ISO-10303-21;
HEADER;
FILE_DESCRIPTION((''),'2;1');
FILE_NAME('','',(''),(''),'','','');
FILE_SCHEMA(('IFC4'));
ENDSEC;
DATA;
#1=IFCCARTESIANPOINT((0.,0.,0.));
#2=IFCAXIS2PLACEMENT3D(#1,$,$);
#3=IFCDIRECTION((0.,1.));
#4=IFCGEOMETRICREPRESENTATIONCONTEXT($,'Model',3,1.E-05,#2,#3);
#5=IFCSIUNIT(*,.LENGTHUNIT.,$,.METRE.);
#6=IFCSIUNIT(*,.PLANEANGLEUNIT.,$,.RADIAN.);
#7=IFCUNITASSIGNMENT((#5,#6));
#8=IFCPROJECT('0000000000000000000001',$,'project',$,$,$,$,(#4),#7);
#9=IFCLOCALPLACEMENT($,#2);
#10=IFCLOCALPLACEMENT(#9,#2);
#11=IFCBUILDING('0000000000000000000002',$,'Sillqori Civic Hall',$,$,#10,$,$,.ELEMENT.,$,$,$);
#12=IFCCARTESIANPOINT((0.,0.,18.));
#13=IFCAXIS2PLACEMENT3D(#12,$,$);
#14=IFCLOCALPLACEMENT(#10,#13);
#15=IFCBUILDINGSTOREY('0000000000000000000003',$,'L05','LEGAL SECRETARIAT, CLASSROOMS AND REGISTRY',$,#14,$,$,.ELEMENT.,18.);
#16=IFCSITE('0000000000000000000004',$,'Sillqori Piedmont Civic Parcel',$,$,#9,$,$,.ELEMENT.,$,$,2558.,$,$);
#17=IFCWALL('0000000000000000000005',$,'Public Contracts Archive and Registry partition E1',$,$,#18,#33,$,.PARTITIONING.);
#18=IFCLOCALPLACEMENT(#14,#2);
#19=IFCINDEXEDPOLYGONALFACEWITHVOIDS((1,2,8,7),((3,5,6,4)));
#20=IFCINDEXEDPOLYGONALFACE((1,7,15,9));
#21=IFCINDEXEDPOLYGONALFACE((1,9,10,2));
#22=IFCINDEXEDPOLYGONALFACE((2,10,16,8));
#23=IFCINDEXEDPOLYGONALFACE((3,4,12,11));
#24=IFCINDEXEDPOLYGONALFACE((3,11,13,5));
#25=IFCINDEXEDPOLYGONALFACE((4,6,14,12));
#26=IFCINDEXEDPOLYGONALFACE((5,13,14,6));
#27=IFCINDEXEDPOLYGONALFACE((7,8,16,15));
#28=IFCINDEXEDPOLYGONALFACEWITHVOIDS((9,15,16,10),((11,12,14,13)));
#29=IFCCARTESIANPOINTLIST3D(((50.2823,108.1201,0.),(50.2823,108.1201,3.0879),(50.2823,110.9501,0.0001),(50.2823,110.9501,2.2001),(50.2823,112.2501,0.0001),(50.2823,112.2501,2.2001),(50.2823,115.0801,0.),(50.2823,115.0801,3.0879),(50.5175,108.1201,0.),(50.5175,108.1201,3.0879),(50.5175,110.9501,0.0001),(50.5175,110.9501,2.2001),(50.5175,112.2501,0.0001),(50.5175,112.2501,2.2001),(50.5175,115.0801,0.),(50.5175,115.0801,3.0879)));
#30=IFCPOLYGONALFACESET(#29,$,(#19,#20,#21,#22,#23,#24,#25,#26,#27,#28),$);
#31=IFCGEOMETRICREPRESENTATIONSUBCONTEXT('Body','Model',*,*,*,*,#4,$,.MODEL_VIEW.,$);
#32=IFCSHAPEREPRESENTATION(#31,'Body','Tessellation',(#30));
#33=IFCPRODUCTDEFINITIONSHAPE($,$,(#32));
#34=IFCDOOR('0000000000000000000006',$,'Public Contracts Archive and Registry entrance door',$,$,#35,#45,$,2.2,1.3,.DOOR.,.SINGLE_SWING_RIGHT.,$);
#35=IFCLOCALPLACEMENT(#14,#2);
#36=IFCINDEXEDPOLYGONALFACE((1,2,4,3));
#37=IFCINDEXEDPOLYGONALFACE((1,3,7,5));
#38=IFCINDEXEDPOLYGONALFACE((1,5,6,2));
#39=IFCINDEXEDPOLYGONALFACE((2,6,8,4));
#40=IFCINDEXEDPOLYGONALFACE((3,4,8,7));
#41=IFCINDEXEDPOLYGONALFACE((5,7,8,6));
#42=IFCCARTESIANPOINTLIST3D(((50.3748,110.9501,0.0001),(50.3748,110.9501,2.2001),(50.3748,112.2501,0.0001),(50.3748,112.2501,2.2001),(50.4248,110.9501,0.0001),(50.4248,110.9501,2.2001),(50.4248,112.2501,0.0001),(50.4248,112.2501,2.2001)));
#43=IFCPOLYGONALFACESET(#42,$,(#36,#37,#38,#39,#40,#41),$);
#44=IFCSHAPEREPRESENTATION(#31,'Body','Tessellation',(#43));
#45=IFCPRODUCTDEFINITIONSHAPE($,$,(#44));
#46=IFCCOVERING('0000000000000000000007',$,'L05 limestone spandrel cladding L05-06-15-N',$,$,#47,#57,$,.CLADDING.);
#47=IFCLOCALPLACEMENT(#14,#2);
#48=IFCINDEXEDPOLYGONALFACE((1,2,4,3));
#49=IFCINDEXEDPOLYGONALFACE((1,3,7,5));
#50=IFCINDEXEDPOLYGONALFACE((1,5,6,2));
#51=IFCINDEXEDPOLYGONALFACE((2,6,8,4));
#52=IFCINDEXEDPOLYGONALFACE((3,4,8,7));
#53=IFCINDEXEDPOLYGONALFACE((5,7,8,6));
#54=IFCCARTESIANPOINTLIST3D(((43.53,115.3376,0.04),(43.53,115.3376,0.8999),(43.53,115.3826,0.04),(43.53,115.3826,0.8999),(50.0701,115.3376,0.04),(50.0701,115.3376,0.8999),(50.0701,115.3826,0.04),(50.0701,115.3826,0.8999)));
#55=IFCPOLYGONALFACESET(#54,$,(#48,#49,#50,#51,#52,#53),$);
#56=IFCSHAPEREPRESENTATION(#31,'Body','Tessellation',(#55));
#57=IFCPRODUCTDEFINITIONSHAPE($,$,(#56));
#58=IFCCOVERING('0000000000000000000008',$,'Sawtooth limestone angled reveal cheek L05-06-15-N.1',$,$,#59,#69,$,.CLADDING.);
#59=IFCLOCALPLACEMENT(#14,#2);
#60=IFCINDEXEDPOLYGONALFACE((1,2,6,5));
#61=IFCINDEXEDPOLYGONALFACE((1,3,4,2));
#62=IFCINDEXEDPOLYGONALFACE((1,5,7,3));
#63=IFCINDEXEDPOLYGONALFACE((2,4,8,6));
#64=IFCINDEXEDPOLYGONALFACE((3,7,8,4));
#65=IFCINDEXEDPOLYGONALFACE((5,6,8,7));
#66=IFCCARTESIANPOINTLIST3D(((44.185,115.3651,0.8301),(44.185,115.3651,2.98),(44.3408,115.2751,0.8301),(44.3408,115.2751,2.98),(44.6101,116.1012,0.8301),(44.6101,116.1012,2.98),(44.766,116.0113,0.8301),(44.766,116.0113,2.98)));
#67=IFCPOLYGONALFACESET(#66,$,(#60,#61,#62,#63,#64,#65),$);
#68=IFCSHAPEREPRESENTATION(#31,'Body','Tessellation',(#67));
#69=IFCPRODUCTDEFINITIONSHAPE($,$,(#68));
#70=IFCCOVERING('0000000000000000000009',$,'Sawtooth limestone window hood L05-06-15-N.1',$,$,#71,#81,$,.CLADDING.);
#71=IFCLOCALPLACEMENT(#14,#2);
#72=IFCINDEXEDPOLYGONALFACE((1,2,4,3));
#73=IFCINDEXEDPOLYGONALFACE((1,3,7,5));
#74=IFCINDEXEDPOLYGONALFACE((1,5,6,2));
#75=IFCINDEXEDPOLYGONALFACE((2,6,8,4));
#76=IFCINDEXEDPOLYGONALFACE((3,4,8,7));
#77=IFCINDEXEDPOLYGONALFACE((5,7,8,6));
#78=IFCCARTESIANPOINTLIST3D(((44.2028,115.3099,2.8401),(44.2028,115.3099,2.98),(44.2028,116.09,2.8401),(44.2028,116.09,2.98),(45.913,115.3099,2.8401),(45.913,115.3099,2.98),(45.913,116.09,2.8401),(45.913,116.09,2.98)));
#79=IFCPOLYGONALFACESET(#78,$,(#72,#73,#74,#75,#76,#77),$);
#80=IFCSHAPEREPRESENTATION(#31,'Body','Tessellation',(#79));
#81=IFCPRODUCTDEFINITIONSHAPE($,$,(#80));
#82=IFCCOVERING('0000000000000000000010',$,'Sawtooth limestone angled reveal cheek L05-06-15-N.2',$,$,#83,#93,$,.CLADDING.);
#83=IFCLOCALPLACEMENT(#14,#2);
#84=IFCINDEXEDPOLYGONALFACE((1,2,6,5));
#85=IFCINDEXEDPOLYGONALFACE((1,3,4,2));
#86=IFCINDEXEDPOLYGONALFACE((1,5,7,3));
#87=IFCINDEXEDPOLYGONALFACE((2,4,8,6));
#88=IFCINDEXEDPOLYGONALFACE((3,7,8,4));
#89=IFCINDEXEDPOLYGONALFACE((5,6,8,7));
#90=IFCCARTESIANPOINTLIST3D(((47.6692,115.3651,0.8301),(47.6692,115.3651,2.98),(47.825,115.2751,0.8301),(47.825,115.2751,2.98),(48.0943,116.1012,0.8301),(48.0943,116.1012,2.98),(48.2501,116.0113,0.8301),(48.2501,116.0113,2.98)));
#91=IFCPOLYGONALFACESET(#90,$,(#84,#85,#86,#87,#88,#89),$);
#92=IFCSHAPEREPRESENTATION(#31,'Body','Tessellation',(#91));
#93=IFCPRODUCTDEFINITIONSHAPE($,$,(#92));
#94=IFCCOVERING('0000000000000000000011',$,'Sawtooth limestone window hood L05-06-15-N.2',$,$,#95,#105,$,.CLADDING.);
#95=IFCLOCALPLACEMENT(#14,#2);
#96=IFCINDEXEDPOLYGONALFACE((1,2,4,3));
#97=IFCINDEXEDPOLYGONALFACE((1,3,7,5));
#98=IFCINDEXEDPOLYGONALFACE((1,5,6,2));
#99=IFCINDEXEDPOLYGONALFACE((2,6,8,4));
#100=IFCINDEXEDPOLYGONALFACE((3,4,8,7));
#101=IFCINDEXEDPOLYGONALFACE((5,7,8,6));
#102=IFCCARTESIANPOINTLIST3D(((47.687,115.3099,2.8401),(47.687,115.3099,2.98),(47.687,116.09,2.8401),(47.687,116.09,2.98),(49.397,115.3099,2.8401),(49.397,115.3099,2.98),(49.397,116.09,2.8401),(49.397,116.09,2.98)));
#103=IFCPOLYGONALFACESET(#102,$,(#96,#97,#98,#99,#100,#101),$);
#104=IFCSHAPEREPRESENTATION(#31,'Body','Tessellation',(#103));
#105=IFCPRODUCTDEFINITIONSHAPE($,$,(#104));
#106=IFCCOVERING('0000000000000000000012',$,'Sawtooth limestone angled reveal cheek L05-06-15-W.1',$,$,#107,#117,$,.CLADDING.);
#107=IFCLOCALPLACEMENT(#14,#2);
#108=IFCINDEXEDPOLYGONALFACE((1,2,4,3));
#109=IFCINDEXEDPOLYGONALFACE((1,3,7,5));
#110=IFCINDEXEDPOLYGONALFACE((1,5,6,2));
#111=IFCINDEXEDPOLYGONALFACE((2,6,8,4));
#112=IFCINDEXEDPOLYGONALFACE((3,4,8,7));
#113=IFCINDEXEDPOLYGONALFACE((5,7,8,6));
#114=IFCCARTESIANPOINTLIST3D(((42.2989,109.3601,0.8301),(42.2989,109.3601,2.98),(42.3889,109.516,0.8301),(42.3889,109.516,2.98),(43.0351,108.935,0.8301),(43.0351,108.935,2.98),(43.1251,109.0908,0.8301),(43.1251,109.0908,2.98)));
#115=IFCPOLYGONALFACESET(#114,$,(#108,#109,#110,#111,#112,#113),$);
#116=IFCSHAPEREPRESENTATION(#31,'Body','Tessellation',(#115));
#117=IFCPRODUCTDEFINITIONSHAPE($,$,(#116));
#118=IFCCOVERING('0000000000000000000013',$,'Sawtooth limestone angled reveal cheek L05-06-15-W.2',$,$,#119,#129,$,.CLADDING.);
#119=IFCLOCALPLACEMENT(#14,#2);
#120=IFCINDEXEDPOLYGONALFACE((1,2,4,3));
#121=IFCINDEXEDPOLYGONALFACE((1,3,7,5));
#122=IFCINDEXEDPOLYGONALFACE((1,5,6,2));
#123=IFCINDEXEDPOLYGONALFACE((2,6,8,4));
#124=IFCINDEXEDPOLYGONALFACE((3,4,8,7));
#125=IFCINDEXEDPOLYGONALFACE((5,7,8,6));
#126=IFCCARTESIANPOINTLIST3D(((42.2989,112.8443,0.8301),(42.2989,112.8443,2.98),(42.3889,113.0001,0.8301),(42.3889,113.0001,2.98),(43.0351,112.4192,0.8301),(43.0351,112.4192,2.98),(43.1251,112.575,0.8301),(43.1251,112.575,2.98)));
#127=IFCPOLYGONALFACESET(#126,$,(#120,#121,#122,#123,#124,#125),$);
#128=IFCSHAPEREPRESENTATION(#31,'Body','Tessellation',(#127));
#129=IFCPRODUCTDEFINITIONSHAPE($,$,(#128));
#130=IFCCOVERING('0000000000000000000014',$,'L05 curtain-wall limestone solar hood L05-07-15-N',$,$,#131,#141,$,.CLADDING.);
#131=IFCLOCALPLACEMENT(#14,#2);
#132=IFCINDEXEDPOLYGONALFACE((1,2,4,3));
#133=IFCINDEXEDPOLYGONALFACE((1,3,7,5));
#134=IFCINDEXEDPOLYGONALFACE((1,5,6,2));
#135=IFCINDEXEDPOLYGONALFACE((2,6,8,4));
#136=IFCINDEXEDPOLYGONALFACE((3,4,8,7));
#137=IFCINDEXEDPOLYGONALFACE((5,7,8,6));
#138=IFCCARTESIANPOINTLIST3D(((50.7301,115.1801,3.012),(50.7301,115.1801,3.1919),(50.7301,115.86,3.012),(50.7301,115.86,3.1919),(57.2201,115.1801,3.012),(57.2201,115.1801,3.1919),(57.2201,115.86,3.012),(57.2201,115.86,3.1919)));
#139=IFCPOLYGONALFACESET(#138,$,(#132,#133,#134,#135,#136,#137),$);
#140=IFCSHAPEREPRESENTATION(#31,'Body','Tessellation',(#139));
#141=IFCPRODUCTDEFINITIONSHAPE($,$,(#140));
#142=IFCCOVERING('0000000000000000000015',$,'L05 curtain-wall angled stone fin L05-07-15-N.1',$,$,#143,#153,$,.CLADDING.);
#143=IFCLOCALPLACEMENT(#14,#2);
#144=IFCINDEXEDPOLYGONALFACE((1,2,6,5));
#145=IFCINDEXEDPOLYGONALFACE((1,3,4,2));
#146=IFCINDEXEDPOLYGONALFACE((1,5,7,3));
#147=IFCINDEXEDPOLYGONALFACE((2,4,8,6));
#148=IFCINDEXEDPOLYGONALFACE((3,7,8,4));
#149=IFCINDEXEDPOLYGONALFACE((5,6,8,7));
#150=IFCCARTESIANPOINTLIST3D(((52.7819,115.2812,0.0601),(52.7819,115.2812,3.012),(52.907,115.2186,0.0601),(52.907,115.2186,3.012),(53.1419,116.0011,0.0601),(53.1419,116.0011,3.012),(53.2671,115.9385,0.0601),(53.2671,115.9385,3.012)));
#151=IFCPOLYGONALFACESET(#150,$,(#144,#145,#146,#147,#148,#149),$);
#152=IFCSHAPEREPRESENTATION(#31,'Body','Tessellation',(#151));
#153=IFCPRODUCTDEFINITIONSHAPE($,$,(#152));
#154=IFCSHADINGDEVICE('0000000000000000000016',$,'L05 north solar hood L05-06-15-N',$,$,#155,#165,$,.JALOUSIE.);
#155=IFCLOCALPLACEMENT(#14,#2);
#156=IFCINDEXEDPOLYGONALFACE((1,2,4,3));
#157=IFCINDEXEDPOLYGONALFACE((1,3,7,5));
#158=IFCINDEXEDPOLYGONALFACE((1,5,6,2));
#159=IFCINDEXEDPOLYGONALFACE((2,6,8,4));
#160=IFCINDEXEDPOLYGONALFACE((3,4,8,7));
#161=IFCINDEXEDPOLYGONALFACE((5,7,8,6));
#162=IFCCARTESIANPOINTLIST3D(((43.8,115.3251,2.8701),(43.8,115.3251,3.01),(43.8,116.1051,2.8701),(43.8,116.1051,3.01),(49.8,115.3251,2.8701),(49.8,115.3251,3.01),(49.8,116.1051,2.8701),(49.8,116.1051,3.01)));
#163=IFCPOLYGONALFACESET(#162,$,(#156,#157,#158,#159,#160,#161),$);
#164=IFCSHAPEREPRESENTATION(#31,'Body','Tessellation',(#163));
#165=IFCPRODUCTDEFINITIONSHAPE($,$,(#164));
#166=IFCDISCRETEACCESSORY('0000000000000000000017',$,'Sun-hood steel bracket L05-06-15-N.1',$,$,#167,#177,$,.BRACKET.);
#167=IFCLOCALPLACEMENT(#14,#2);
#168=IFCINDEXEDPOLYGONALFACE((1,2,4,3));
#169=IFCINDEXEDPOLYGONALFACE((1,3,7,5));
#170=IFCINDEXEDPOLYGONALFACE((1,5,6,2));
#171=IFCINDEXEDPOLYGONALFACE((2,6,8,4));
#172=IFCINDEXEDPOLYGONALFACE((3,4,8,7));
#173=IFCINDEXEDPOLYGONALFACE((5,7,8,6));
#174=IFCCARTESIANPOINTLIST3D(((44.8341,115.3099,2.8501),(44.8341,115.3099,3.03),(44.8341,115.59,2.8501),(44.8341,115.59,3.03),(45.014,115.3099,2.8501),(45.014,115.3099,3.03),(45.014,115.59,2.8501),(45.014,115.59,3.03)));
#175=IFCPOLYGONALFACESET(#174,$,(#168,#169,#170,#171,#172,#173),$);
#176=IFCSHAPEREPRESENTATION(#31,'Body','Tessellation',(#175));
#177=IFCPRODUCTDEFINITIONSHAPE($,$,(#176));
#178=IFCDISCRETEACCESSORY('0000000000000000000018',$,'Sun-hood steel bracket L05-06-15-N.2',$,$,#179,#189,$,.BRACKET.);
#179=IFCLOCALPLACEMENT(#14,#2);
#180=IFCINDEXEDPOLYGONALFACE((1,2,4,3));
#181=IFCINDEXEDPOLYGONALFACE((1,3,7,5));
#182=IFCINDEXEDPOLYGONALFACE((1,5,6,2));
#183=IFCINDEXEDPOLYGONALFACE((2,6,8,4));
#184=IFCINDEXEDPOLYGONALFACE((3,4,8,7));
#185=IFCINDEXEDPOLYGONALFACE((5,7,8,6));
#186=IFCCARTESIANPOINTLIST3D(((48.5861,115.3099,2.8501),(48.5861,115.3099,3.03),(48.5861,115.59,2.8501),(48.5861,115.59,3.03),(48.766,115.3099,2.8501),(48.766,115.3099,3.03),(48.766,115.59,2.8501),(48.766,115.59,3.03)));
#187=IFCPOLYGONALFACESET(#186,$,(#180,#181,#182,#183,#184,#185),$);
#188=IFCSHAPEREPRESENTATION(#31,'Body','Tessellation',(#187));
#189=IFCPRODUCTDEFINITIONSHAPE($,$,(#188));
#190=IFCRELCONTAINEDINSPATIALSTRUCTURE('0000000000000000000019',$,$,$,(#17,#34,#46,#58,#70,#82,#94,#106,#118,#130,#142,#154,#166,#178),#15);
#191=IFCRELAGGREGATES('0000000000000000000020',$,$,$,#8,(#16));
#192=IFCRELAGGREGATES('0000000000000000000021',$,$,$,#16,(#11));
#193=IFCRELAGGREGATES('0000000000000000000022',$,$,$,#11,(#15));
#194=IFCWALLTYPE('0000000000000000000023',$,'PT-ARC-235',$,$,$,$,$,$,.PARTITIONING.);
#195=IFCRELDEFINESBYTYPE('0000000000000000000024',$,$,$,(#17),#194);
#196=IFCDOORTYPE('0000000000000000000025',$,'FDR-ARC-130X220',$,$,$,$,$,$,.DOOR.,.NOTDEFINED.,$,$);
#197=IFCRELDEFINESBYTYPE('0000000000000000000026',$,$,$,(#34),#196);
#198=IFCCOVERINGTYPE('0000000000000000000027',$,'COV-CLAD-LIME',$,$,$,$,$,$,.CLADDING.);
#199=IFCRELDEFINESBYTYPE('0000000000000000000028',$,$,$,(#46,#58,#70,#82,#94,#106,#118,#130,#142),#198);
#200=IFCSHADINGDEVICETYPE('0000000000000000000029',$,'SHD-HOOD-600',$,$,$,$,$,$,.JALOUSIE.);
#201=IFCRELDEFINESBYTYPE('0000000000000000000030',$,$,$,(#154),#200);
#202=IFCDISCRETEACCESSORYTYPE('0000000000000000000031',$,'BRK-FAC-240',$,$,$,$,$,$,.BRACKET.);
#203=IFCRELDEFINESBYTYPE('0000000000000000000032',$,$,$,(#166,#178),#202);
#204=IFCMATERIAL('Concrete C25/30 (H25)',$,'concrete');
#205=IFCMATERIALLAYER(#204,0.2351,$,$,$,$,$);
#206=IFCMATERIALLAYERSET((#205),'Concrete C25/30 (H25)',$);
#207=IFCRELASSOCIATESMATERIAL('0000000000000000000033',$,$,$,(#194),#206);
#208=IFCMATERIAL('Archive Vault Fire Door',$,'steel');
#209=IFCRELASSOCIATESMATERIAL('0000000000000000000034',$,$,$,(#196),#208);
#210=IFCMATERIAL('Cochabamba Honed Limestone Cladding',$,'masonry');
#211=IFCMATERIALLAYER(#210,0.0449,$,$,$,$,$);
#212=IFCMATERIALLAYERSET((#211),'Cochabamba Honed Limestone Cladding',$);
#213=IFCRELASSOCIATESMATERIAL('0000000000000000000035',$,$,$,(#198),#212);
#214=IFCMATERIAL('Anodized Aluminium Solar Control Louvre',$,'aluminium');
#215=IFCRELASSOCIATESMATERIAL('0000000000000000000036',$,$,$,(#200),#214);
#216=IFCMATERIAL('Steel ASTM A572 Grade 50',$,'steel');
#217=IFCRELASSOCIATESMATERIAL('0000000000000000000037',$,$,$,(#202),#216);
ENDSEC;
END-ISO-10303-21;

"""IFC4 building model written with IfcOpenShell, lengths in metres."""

from ifc_helpers import new_model, si_unit, direction, frame, frame_2d, origin, origin_2d, place, context, subcontext, project, spatial, rectangle, extrude, material, layer, layer_set, type_object, element, fill, save


model = new_model("IFC4")

# Units and contexts
model_context = context("Model", 3, precision=1e-05, world=origin(), true_north=direction((0.0, 1.0)))
body_context = subcontext(model_context, "Body", "Model", "MODEL_VIEW")
ifc_project = project(units=[si_unit("LENGTHUNIT", "METRE"), si_unit("PLANEANGLEUNIT", "RADIAN")], contexts=[model_context])

# Site, building, storey
site_placement = place(None, origin())
site = spatial("IfcSite", under=ifc_project, at=site_placement, Name="Sillqori Piedmont Civic Parcel", CompositionType="ELEMENT", RefElevation=2558.0)
building_placement = place(site_placement, origin())
building = spatial("IfcBuilding", under=site, at=building_placement, Name="Sillqori Civic Hall", CompositionType="ELEMENT")
storey_placement = place(building_placement, frame((0.0, 0.0, 18.0)))
storey = spatial("IfcBuildingStorey", under=building, at=storey_placement, Name="L05", Description="LEGAL SECRETARIAT, CLASSROOMS AND REGISTRY", CompositionType="ELEMENT", Elevation=18.0)

# Wall, opening, door
ifc_material_1 = material(Name="Concrete C25/30 (H25)", Category="concrete")
ifc_layer_1 = layer(ifc_material_1, 0.2351)
ifc_layer_set_1 = layer_set([ifc_layer_1], Name="Concrete C25/30 (H25)")
wall_type_1 = type_object("IfcWallType", Name="PT-ARC-235", PredefinedType="PARTITIONING", material=ifc_layer_set_1)
wall_1_placement = place(storey_placement, frame((50.3999, 115.0801, 0.0), z_axis=(0.0, 0.0, 1.0), x_axis=(0.0, -1.0, 0.0)))
wall_1 = element("IfcWall", 1, at=wall_1_placement, inside=storey, type_object=wall_type_1, Name="Public Contracts Archive and Registry partition E1", PredefinedType="PARTITIONING", context=body_context, shape_type="SweptSolid", body=[
    extrude(rectangle(XDim=6.96, YDim=0.2351, at=frame_2d((3.48, 0.0))), origin(), (0.0, 0.0, 1.0), 3.0879),
])
opening_1_placement = place(wall_1_placement, frame((2.8301, 0.0, 0.0)))
opening_1 = element("IfcOpeningElement", 2, at=opening_1_placement, cuts=wall_1, PredefinedType="OPENING", context=body_context, shape_type="SweptSolid", body=[
    extrude(rectangle(XDim=1.3, YDim=2.2, at=frame_2d((0.6499, 1.1001))), frame((0.0, 0.1274, 0.0), z_axis=(0.0, -1.0, 0.0), x_axis=(1.0, 0.0, 0.0)), (0.0, 0.0, 1.0), 0.2551),
])
ifc_material_2 = material(Name="Archive Vault Fire Door", Category="steel")
door_type = type_object("IfcDoorType", Name="FDR-ARC-130X220", OperationType="NOTDEFINED", PredefinedType="DOOR", material=ifc_material_2)
door_placement = place(opening_1_placement, origin())
door = element("IfcDoor", 3, at=door_placement, inside=storey, type_object=door_type, Name="Public Contracts Archive and Registry entrance door", OperationType="SINGLE_SWING_RIGHT", OverallHeight=2.2, OverallWidth=1.3, PredefinedType="DOOR", context=body_context, shape_type="SweptSolid", body=[
    extrude(rectangle(XDim=1.3, YDim=2.2, at=frame_2d((0.6499, 1.1001))), frame((0.0, 0.0249, 0.0), z_axis=(0.0, -1.0, 0.0), x_axis=(1.0, 0.0, 0.0)), (0.0, 0.0, 1.0), 0.05),
])
fill(opening_1, door)

# Coverings
ifc_material_3 = material(Name="Cochabamba Honed Limestone Cladding", Category="masonry")
ifc_layer_2 = layer(ifc_material_3, 0.0449)
ifc_layer_set_2 = layer_set([ifc_layer_2], Name="Cochabamba Honed Limestone Cladding")
covering_type = type_object("IfcCoveringType", Name="COV-CLAD-LIME", PredefinedType="CLADDING", material=ifc_layer_set_2)
covering_1_placement = place(storey_placement, frame((43.53, 115.3601, 0.04), z_axis=(0.0, 0.0, 1.0), x_axis=(1.0, 0.0, 0.0)))
element("IfcCovering", 4, at=covering_1_placement, inside=storey, type_object=covering_type, Name="L05 limestone spandrel cladding L05-06-15-N", PredefinedType="CLADDING", context=body_context, shape_type="SweptSolid", body=[
    extrude(rectangle(XDim=6.54, YDim=0.0449, at=frame_2d((3.27, 0.0))), origin(), (0.0, 0.0, 1.0), 0.8599),
])
covering_2_placement = place(storey_placement, frame((44.2629, 115.3201, 0.8301), z_axis=(0.0, 0.0, 1.0), x_axis=(0.500062, 0.865989, 0.0)))
element("IfcCovering", 5, at=covering_2_placement, inside=storey, type_object=covering_type, Name="Sawtooth limestone angled reveal cheek L05-06-15-N.1", PredefinedType="CLADDING", context=body_context, shape_type="SweptSolid", body=[
    extrude(rectangle(XDim=0.8501, YDim=0.1799, at=frame_2d((0.425, 0.0))), origin(), (0.0, 0.0, 1.0), 2.1499),
])
covering_3_placement = place(storey_placement, frame((44.2029, 115.7, 2.8401), z_axis=(0.0, 0.0, 1.0), x_axis=(1.0, 0.0, 0.0)))
element("IfcCovering", 6, at=covering_3_placement, inside=storey, type_object=covering_type, Name="Sawtooth limestone window hood L05-06-15-N.1", PredefinedType="CLADDING", context=body_context, shape_type="SweptSolid", body=[
    extrude(rectangle(XDim=1.7102, YDim=0.78, at=frame_2d((0.855, 0.0))), origin(), (0.0, 0.0, 1.0), 0.1399),
])
covering_4_placement = place(storey_placement, frame((47.7471, 115.3201, 0.8301), z_axis=(0.0, 0.0, 1.0), x_axis=(0.500062, 0.865989, 0.0)))
element("IfcCovering", 7, at=covering_4_placement, inside=storey, type_object=covering_type, Name="Sawtooth limestone angled reveal cheek L05-06-15-N.2", PredefinedType="CLADDING", context=body_context, shape_type="SweptSolid", body=[
    extrude(rectangle(XDim=0.8501, YDim=0.1799, at=frame_2d((0.425, 0.0))), origin(), (0.0, 0.0, 1.0), 2.1499),
])
covering_5_placement = place(storey_placement, frame((47.687, 115.7, 2.8401), z_axis=(0.0, 0.0, 1.0), x_axis=(1.0, 0.0, 0.0)))
element("IfcCovering", 8, at=covering_5_placement, inside=storey, type_object=covering_type, Name="Sawtooth limestone window hood L05-06-15-N.2", PredefinedType="CLADDING", context=body_context, shape_type="SweptSolid", body=[
    extrude(rectangle(XDim=1.71, YDim=0.78, at=frame_2d((0.855, 0.0))), origin(), (0.0, 0.0, 1.0), 0.1399),
])
for number, where, z_axis, x_axis, name in (
    (9, (43.0801, 109.0129, 0.8301), (0.0, 0.0, 1.0), (-0.865989, 0.500062, 0.0), "Sawtooth limestone angled reveal cheek L05-06-15-W.1"),
    (10, (43.0801, 112.4971, 0.8301), (0.0, 0.0, 1.0), (-0.865989, 0.500062, 0.0), "Sawtooth limestone angled reveal cheek L05-06-15-W.2"),
):
    element("IfcCovering", number, at=place(storey_placement, frame(where, z_axis=z_axis, x_axis=x_axis)), inside=storey, type_object=covering_type, Name=name, PredefinedType="CLADDING", context=body_context, shape_type="SweptSolid", body=[
        extrude(rectangle(XDim=0.8501, YDim=0.1799, at=frame_2d((0.425, 0.0))), origin(), (0.0, 0.0, 1.0), 2.1499),
    ])
covering_6_placement = place(storey_placement, frame((50.73, 115.52, 3.012), z_axis=(0.0, 0.0, 1.0), x_axis=(1.0, 0.0, 0.0)))
element("IfcCovering", 11, at=covering_6_placement, inside=storey, type_object=covering_type, Name="L05 curtain-wall limestone solar hood L05-07-15-N", PredefinedType="CLADDING", context=body_context, shape_type="SweptSolid", body=[
    extrude(rectangle(XDim=6.49, YDim=0.6799, at=frame_2d((3.2451, 0.0))), origin(), (0.0, 0.0, 1.0), 0.1799),
])
covering_7_placement = place(storey_placement, frame((52.8445, 115.25, 0.0601), z_axis=(0.0, 0.0, 1.0), x_axis=(0.447335, 0.894367, 0.0)))
element("IfcCovering", 12, at=covering_7_placement, inside=storey, type_object=covering_type, Name="L05 curtain-wall angled stone fin L05-07-15-N.1", PredefinedType="CLADDING", context=body_context, shape_type="SweptSolid", body=[
    extrude(rectangle(XDim=0.8049, YDim=0.1399, at=frame_2d((0.4023, 0.0))), origin(), (0.0, 0.0, 1.0), 2.9519),
])

# Shading device
ifc_material_4 = material(Name="Anodized Aluminium Solar Control Louvre", Category="aluminium")
shading_device_type = type_object("IfcShadingDeviceType", Name="SHD-HOOD-600", PredefinedType="JALOUSIE", material=ifc_material_4)
shading_device_placement = place(storey_placement, frame((46.8, 115.7151, 2.8701), z_axis=(0.0, 0.0, 1.0), x_axis=(1.0, 0.0, 0.0)))
element("IfcShadingDevice", 13, at=shading_device_placement, inside=storey, type_object=shading_device_type, Name="L05 north solar hood L05-06-15-N", PredefinedType="JALOUSIE", context=body_context, shape_type="SweptSolid", body=[
    extrude(rectangle(XDim=6.0, YDim=0.78, at=origin_2d()), origin(), (0.0, 0.0, 1.0), 0.1399),
])

# Discrete accessories
ifc_material_5 = material(Name="Steel ASTM A572 Grade 50", Category="steel")
discrete_accessory_type = type_object("IfcDiscreteAccessoryType", Name="BRK-FAC-240", PredefinedType="BRACKET", material=ifc_material_5)
for number, where, z_axis, x_axis, name in (
    (14, (44.9241, 115.45, 2.8501), (0.0, 0.0, 1.0), (1.0, 0.0, 0.0), "Sun-hood steel bracket L05-06-15-N.1"),
    (15, (48.676, 115.45, 2.8501), (0.0, 0.0, 1.0), (1.0, 0.0, 0.0), "Sun-hood steel bracket L05-06-15-N.2"),
):
    element("IfcDiscreteAccessory", number, at=place(storey_placement, frame(where, z_axis=z_axis, x_axis=x_axis)), inside=storey, type_object=discrete_accessory_type, Name=name, PredefinedType="BRACKET", context=body_context, shape_type="SweptSolid", body=[
        extrude(rectangle(XDim=0.1799, YDim=0.28, at=origin_2d()), origin(), (0.0, 0.0, 1.0), 0.1799),
    ])

save(model, "model.ifc")
